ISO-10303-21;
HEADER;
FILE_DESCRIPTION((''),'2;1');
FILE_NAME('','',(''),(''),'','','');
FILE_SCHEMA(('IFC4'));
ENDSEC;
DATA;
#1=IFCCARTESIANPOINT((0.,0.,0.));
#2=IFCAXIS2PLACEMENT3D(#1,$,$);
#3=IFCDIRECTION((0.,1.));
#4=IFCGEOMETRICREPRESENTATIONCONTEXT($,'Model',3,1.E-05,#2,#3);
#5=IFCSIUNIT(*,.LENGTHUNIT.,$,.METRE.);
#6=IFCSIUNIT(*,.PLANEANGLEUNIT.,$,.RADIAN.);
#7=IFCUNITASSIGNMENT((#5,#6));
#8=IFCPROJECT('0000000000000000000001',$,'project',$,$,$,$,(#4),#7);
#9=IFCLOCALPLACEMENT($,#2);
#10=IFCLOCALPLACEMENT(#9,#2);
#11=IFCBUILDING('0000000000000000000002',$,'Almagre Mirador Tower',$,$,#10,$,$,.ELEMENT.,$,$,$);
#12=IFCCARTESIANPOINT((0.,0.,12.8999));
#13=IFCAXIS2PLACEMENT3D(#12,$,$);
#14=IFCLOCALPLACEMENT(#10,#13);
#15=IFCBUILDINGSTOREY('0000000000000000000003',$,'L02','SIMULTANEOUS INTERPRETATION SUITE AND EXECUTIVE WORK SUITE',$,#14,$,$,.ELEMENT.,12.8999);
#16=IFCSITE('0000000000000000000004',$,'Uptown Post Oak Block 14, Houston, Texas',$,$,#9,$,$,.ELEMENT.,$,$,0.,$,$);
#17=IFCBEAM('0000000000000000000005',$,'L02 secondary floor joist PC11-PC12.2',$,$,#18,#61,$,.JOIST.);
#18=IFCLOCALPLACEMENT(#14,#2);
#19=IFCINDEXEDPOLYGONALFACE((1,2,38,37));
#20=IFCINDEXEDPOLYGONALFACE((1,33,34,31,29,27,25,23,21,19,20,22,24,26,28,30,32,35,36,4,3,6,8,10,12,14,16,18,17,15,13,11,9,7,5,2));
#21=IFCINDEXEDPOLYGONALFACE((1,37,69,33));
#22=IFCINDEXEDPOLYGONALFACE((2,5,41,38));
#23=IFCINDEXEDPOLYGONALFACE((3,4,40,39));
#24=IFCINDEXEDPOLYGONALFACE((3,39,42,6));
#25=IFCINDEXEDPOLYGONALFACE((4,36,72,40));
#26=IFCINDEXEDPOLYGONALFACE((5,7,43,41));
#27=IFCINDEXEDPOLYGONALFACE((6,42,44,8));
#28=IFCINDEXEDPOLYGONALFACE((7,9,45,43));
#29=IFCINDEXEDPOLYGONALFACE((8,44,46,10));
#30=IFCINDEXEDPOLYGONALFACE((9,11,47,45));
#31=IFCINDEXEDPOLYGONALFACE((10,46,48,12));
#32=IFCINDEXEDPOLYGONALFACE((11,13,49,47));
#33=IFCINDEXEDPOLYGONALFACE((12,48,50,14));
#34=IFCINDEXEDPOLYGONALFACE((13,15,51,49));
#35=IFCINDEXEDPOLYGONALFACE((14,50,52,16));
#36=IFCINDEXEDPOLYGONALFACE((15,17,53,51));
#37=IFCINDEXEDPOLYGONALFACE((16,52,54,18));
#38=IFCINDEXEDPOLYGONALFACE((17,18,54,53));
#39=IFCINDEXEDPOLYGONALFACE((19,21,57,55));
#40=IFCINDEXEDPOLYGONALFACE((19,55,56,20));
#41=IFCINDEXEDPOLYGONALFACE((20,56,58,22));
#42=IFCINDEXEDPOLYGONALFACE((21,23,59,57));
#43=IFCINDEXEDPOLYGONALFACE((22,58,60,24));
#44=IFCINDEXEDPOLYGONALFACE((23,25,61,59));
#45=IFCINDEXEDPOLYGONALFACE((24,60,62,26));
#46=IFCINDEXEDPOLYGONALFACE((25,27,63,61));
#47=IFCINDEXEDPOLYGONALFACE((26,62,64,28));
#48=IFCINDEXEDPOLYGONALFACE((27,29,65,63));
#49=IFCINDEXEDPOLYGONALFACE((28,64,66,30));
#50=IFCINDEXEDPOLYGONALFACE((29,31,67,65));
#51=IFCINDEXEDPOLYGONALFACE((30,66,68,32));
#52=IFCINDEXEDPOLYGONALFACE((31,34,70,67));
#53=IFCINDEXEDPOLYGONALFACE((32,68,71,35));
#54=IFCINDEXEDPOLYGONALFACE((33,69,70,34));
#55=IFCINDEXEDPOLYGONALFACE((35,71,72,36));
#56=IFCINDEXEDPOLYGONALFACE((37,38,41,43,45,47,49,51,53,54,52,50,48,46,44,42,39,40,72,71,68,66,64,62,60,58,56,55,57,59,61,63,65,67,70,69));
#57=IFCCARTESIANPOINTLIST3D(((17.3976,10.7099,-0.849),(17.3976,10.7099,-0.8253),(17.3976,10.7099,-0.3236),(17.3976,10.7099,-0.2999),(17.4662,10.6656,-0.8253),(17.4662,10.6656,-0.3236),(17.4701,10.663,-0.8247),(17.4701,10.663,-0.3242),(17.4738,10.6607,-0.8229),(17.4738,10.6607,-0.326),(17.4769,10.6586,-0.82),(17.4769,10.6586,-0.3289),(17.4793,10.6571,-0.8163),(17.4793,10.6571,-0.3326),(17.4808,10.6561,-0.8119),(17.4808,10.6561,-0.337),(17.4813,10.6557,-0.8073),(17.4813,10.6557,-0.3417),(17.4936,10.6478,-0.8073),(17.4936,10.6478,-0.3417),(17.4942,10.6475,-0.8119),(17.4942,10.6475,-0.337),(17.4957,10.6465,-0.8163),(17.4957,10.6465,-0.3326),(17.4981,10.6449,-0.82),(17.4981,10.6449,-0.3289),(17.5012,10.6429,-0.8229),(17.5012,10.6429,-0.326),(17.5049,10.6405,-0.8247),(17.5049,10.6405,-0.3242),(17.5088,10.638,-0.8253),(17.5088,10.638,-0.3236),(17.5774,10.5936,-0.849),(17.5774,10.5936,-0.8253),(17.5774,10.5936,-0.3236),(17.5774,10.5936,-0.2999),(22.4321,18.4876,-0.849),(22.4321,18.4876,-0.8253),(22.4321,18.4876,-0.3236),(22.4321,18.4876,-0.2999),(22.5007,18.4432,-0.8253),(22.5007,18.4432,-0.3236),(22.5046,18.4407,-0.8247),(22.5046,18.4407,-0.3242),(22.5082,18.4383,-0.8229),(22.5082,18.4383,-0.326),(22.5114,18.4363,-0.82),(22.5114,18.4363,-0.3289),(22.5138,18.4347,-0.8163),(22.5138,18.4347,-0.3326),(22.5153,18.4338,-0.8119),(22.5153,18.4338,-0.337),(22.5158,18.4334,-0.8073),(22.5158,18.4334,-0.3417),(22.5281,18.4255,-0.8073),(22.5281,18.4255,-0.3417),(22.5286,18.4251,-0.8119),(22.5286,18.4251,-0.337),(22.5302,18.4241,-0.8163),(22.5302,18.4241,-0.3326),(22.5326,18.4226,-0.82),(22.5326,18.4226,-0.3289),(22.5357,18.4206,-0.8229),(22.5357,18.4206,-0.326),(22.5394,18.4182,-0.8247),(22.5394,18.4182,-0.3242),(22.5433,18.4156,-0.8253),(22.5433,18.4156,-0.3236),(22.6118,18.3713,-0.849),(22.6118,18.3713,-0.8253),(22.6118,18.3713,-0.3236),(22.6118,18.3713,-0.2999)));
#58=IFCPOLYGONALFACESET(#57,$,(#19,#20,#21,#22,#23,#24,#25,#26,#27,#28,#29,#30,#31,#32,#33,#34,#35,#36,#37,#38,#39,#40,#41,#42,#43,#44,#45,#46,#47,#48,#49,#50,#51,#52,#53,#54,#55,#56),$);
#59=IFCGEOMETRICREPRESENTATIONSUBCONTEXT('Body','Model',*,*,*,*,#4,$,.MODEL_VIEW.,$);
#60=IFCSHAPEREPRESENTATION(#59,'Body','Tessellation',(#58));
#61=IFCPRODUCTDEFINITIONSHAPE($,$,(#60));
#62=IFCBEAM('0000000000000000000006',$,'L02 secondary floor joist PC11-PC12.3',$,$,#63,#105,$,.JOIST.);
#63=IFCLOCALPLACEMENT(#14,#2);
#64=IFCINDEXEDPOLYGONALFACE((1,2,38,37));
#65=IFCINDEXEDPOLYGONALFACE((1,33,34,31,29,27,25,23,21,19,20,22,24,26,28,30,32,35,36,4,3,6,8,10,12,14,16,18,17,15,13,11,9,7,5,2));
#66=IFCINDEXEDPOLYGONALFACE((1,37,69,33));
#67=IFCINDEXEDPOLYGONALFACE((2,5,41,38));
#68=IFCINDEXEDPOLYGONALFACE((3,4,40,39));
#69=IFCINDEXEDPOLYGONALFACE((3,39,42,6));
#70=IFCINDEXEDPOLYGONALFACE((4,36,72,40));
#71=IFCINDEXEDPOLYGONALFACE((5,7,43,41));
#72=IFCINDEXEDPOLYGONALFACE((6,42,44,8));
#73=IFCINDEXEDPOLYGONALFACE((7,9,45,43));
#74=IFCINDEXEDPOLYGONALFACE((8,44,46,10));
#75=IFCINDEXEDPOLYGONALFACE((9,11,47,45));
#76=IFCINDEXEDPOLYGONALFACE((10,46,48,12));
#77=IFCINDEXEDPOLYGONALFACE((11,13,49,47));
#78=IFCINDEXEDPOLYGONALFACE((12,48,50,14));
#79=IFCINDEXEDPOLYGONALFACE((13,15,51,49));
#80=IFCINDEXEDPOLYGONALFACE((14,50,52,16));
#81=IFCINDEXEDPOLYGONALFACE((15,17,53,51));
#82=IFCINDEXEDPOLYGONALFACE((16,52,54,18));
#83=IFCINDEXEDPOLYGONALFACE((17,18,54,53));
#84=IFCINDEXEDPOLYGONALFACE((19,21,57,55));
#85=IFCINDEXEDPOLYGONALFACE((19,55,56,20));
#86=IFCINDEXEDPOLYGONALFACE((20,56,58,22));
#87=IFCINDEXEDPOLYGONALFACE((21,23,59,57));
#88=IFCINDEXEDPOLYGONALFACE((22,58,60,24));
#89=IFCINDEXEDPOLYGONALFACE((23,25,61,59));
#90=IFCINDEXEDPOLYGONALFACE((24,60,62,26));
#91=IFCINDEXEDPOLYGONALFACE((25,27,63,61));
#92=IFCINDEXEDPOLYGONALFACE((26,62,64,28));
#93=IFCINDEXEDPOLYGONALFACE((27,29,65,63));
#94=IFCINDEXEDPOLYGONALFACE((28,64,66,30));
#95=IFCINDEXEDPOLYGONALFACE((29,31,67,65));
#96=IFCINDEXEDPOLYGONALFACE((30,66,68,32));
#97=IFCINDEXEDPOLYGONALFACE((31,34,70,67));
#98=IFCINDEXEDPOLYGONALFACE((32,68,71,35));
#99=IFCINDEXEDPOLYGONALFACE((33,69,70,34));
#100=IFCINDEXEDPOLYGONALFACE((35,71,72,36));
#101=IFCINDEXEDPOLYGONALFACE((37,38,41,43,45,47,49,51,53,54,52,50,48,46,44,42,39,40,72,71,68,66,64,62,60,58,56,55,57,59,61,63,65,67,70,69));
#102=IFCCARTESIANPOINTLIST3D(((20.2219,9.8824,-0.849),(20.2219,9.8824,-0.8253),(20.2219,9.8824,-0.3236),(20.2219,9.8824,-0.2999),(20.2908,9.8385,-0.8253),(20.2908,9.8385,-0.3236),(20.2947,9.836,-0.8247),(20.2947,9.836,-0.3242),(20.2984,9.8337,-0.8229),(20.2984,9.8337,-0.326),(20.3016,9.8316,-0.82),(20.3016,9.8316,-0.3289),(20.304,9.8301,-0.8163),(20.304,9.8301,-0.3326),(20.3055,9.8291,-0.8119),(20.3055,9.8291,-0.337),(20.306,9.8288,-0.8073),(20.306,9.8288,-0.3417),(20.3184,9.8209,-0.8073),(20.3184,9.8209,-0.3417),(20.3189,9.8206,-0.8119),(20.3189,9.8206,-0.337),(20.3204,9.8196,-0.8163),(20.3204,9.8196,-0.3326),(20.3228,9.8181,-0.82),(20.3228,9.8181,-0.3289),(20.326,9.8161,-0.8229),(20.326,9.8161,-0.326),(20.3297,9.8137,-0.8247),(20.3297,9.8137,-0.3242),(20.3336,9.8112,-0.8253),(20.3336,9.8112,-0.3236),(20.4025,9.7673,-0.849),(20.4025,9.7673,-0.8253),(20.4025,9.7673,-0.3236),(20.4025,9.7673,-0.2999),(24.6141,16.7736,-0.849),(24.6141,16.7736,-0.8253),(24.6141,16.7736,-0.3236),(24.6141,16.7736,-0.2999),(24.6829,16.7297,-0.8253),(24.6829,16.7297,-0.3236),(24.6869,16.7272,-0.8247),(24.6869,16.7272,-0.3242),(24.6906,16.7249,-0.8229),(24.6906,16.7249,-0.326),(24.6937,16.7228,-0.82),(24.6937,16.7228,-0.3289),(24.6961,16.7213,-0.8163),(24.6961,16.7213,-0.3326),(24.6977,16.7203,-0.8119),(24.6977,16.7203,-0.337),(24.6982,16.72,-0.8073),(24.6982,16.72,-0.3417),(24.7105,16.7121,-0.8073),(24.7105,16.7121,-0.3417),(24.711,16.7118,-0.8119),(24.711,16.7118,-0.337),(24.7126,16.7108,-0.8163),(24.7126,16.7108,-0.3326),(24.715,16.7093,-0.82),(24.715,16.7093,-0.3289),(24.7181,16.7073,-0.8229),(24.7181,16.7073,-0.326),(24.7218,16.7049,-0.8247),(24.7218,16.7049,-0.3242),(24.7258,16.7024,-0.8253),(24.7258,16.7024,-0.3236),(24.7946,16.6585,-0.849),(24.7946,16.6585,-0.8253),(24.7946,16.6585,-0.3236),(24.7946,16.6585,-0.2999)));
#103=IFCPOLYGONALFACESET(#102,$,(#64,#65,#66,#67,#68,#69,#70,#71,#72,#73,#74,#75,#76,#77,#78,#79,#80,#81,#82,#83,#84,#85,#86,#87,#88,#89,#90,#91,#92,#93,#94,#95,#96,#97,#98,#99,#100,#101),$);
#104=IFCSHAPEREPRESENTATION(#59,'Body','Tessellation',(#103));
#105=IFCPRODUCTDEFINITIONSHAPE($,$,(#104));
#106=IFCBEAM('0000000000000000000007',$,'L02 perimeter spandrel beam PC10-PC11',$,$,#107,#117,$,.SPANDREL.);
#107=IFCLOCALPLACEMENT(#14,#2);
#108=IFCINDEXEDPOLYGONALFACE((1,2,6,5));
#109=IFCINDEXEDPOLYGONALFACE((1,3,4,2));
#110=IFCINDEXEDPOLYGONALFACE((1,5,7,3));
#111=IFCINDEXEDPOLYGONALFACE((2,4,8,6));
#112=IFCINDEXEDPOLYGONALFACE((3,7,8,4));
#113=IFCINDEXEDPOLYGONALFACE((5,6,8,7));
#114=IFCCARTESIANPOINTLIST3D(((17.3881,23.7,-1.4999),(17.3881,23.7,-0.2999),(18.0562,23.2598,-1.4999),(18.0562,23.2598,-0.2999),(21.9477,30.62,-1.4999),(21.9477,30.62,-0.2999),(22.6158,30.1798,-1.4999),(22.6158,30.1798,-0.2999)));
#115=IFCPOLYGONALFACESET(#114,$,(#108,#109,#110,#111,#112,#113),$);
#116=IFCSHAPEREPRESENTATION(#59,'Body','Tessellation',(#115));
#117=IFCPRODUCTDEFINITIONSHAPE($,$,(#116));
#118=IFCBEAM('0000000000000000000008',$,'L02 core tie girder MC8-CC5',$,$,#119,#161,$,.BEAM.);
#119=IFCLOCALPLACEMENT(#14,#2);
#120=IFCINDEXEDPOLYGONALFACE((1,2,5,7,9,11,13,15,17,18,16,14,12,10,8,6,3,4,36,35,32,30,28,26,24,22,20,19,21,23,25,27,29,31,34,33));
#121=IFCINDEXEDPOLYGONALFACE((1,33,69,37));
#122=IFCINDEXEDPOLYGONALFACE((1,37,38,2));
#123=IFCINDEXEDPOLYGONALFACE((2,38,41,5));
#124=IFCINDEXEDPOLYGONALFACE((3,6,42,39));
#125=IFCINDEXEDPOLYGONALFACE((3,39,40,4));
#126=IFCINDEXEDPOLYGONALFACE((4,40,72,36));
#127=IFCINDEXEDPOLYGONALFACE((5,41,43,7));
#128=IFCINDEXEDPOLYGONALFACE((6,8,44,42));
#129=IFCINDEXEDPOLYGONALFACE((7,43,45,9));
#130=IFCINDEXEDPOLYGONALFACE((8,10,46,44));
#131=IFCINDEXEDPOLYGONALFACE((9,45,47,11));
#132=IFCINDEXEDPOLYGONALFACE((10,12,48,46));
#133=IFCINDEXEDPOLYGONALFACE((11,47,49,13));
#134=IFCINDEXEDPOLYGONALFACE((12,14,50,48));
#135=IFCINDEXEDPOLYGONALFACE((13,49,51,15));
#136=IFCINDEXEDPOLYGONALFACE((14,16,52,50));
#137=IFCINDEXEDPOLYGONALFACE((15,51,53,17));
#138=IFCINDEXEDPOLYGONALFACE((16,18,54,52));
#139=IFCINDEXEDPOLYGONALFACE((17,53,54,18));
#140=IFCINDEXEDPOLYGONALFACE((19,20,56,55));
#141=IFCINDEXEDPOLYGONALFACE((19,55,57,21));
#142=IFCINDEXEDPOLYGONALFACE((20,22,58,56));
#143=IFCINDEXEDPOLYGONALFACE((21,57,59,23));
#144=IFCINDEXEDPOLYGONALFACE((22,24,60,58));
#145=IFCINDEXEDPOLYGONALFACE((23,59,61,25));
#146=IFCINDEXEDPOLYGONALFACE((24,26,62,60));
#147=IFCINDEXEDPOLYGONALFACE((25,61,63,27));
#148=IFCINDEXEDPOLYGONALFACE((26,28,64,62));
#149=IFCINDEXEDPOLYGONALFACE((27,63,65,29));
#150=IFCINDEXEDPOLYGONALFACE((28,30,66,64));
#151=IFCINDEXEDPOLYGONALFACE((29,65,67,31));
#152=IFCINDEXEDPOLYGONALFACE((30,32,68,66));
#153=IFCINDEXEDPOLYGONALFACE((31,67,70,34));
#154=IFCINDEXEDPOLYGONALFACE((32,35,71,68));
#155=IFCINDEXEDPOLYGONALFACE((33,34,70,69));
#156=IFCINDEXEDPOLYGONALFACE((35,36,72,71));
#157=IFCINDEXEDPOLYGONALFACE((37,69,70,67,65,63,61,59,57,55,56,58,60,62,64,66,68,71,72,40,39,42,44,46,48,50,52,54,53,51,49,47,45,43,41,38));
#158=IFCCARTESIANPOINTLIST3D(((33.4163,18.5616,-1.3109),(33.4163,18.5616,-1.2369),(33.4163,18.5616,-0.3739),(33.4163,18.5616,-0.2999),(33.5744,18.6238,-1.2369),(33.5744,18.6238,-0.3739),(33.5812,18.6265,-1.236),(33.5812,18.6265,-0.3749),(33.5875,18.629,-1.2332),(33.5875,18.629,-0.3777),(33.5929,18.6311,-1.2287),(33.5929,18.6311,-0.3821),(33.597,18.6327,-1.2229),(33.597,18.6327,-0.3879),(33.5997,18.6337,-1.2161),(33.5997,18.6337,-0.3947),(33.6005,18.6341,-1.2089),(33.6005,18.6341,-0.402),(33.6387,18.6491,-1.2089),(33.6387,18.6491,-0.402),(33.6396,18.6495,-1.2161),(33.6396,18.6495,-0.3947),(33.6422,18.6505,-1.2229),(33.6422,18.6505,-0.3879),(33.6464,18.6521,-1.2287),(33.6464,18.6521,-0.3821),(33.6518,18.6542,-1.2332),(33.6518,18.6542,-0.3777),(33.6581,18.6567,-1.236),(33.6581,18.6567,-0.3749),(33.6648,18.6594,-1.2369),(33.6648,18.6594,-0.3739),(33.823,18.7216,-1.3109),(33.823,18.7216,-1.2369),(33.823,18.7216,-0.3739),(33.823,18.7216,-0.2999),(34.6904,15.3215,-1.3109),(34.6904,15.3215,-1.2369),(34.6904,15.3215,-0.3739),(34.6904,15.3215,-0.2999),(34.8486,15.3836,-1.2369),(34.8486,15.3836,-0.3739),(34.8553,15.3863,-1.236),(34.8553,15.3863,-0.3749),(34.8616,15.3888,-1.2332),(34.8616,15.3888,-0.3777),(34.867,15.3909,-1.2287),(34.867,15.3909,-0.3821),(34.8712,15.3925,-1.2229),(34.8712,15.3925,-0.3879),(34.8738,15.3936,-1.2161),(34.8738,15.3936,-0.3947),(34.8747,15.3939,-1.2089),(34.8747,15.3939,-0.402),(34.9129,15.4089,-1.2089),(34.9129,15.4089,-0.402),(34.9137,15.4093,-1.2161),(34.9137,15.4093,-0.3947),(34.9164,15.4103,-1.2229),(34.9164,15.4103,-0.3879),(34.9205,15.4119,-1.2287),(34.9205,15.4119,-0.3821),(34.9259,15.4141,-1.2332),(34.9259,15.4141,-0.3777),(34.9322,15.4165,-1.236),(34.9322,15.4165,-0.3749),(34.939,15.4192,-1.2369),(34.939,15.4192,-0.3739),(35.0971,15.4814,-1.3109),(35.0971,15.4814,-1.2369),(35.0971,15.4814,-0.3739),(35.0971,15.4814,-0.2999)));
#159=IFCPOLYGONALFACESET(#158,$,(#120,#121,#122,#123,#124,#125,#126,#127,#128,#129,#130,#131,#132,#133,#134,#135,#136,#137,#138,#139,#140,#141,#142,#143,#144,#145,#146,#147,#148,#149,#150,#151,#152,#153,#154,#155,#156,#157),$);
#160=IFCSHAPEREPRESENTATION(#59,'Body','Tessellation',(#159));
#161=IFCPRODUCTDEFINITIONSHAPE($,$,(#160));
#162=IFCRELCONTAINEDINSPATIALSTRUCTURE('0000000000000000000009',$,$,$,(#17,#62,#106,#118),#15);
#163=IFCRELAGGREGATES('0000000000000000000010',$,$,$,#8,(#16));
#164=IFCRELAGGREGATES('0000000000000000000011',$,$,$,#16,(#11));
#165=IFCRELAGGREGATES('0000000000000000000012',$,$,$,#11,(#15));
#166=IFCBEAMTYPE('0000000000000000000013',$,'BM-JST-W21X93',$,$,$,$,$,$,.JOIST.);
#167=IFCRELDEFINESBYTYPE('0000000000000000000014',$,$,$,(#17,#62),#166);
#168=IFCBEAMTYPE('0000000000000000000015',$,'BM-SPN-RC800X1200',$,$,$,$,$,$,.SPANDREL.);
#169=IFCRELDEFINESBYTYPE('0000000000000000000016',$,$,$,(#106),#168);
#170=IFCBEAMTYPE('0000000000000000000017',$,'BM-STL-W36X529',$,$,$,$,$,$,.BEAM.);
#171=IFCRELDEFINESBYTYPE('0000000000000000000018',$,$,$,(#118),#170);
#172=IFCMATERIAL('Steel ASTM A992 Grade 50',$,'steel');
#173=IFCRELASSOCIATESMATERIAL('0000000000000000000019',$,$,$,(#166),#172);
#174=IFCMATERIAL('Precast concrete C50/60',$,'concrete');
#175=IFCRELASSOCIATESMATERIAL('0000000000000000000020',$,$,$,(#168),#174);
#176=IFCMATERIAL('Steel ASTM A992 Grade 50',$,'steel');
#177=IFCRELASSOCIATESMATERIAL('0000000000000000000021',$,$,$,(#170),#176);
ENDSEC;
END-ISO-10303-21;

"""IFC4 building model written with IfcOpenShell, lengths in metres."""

from ifc_helpers import new_model, si_unit, direction, frame, origin, origin_2d, place, context, subcontext, project, spatial, rectangle, i_section, extrude, material, material_profile, profile_set, type_object, element, save


model = new_model("IFC4")

# Units and contexts
model_context = context("Model", 3, precision=1e-05, world=origin(), true_north=direction((0.0, 1.0)))
body_context = subcontext(model_context, "Body", "Model", "MODEL_VIEW")
ifc_project = project(units=[si_unit("LENGTHUNIT", "METRE"), si_unit("PLANEANGLEUNIT", "RADIAN")], contexts=[model_context])

# Site, building, storey
site_placement = place(None, origin())
site = spatial("IfcSite", under=ifc_project, at=site_placement, Name="Uptown Post Oak Block 14, Houston, Texas", CompositionType="ELEMENT", RefElevation=0.0)
building_placement = place(site_placement, origin())
building = spatial("IfcBuilding", under=site, at=building_placement, Name="Almagre Mirador Tower", CompositionType="ELEMENT")
storey_placement = place(building_placement, frame((0.0, 0.0, 12.8999)))
storey = spatial("IfcBuildingStorey", under=building, at=storey_placement, Name="L02", Description="SIMULTANEOUS INTERPRETATION SUITE AND EXECUTIVE WORK SUITE", CompositionType="ELEMENT", Elevation=12.8999)

# Beams
ifc_material_1 = material(Name="Steel ASTM A992 Grade 50", Category="steel")
ifc_material_profile_1 = material_profile(ifc_material_1, i_section(OverallWidth=0.2141, OverallDepth=0.5491, WebThickness=0.0146, FlangeThickness=0.0237, FilletRadius=0.0181, at=origin_2d()), Name="W21X93")
ifc_profile_set_1 = profile_set([ifc_material_profile_1], Name="Steel ASTM A992 Grade 50")
beam_type_1 = type_object("IfcBeamType", Name="BM-JST-W21X93", PredefinedType="JOIST", material=ifc_profile_set_1)
beam_1_placement = place(storey_placement, frame((22.522, 18.4294, -0.5745), z_axis=(-0.543393, -0.839478, 0.0), x_axis=(0.839478, -0.543393, 0.0)))
element("IfcBeam", 1, at=beam_1_placement, inside=storey, type_object=beam_type_1, Name="L02 secondary floor joist PC11-PC12.2", PredefinedType="JOIST", context=body_context, shape_type="SweptSolid", body=[
    extrude(i_section(OverallWidth=0.2141, OverallDepth=0.5491, WebThickness=0.0146, FlangeThickness=0.0237, FilletRadius=0.0181, at=origin_2d()), origin(), (0.0, 0.0, 1.0), 9.2649),
])
beam_2_placement = place(storey_placement, frame((24.7043, 16.7161, -0.5745), z_axis=(-0.537471, -0.843282, 0.0), x_axis=(0.843282, -0.537471, 0.0)))
element("IfcBeam", 2, at=beam_2_placement, inside=storey, type_object=beam_type_1, Name="L02 secondary floor joist PC11-PC12.3", PredefinedType="JOIST", context=body_context, shape_type="SweptSolid", body=[
    extrude(i_section(OverallWidth=0.2141, OverallDepth=0.5491, WebThickness=0.0146, FlangeThickness=0.0237, FilletRadius=0.0181, at=origin_2d()), origin(), (0.0, 0.0, 1.0), 8.1719),
])
ifc_material_2 = material(Name="Precast concrete C50/60", Category="concrete")
ifc_material_profile_2 = material_profile(ifc_material_2, rectangle(XDim=0.8, YDim=1.2, at=origin_2d()), Name="RC800X1200")
ifc_profile_set_2 = profile_set([ifc_material_profile_2], Name="Precast concrete C50/60")
beam_type_2 = type_object("IfcBeamType", Name="BM-SPN-RC800X1200", PredefinedType="SPANDREL", material=ifc_profile_set_2)
beam_3_placement = place(storey_placement, frame((22.2817, 30.3999, -0.8999), z_axis=(-0.550205, -0.83503, 0.0), x_axis=(0.83503, -0.550205, 0.0)))
element("IfcBeam", 3, at=beam_3_placement, inside=storey, type_object=beam_type_2, Name="L02 perimeter spandrel beam PC10-PC11", PredefinedType="SPANDREL", context=body_context, shape_type="SweptSolid", body=[
    extrude(rectangle(XDim=0.8, YDim=1.2, at=origin_2d()), origin(), (0.0, 0.0, 1.0), 8.2871),
])
ifc_material_3 = material(Name="Steel ASTM A992 Grade 50", Category="steel")
ifc_material_profile_3 = material_profile(ifc_material_3, i_section(OverallWidth=0.437, OverallDepth=1.011, WebThickness=0.041, FlangeThickness=0.074, FilletRadius=0.0281, at=origin_2d()), Name="W36X529")
ifc_profile_set_3 = profile_set([ifc_material_profile_3], Name="Steel ASTM A992 Grade 50")
beam_type_3 = type_object("IfcBeamType", Name="BM-STL-W36X529", PredefinedType="BEAM", material=ifc_profile_set_3)
beam_4_placement = place(storey_placement, frame((33.6196, 18.6416, -0.8054), z_axis=(0.365956, -0.930632, 0.0), x_axis=(0.930632, 0.365956, 0.0)))
element("IfcBeam", 4, at=beam_4_placement, inside=storey, type_object=beam_type_3, Name="L02 core tie girder MC8-CC5", PredefinedType="BEAM", context=body_context, shape_type="SweptSolid", body=[
    extrude(i_section(OverallWidth=0.437, OverallDepth=1.011, WebThickness=0.041, FlangeThickness=0.074, FilletRadius=0.0281, at=origin_2d()), origin(), (0.0, 0.0, 1.0), 3.4817),
])

save(model, "model.ifc")
